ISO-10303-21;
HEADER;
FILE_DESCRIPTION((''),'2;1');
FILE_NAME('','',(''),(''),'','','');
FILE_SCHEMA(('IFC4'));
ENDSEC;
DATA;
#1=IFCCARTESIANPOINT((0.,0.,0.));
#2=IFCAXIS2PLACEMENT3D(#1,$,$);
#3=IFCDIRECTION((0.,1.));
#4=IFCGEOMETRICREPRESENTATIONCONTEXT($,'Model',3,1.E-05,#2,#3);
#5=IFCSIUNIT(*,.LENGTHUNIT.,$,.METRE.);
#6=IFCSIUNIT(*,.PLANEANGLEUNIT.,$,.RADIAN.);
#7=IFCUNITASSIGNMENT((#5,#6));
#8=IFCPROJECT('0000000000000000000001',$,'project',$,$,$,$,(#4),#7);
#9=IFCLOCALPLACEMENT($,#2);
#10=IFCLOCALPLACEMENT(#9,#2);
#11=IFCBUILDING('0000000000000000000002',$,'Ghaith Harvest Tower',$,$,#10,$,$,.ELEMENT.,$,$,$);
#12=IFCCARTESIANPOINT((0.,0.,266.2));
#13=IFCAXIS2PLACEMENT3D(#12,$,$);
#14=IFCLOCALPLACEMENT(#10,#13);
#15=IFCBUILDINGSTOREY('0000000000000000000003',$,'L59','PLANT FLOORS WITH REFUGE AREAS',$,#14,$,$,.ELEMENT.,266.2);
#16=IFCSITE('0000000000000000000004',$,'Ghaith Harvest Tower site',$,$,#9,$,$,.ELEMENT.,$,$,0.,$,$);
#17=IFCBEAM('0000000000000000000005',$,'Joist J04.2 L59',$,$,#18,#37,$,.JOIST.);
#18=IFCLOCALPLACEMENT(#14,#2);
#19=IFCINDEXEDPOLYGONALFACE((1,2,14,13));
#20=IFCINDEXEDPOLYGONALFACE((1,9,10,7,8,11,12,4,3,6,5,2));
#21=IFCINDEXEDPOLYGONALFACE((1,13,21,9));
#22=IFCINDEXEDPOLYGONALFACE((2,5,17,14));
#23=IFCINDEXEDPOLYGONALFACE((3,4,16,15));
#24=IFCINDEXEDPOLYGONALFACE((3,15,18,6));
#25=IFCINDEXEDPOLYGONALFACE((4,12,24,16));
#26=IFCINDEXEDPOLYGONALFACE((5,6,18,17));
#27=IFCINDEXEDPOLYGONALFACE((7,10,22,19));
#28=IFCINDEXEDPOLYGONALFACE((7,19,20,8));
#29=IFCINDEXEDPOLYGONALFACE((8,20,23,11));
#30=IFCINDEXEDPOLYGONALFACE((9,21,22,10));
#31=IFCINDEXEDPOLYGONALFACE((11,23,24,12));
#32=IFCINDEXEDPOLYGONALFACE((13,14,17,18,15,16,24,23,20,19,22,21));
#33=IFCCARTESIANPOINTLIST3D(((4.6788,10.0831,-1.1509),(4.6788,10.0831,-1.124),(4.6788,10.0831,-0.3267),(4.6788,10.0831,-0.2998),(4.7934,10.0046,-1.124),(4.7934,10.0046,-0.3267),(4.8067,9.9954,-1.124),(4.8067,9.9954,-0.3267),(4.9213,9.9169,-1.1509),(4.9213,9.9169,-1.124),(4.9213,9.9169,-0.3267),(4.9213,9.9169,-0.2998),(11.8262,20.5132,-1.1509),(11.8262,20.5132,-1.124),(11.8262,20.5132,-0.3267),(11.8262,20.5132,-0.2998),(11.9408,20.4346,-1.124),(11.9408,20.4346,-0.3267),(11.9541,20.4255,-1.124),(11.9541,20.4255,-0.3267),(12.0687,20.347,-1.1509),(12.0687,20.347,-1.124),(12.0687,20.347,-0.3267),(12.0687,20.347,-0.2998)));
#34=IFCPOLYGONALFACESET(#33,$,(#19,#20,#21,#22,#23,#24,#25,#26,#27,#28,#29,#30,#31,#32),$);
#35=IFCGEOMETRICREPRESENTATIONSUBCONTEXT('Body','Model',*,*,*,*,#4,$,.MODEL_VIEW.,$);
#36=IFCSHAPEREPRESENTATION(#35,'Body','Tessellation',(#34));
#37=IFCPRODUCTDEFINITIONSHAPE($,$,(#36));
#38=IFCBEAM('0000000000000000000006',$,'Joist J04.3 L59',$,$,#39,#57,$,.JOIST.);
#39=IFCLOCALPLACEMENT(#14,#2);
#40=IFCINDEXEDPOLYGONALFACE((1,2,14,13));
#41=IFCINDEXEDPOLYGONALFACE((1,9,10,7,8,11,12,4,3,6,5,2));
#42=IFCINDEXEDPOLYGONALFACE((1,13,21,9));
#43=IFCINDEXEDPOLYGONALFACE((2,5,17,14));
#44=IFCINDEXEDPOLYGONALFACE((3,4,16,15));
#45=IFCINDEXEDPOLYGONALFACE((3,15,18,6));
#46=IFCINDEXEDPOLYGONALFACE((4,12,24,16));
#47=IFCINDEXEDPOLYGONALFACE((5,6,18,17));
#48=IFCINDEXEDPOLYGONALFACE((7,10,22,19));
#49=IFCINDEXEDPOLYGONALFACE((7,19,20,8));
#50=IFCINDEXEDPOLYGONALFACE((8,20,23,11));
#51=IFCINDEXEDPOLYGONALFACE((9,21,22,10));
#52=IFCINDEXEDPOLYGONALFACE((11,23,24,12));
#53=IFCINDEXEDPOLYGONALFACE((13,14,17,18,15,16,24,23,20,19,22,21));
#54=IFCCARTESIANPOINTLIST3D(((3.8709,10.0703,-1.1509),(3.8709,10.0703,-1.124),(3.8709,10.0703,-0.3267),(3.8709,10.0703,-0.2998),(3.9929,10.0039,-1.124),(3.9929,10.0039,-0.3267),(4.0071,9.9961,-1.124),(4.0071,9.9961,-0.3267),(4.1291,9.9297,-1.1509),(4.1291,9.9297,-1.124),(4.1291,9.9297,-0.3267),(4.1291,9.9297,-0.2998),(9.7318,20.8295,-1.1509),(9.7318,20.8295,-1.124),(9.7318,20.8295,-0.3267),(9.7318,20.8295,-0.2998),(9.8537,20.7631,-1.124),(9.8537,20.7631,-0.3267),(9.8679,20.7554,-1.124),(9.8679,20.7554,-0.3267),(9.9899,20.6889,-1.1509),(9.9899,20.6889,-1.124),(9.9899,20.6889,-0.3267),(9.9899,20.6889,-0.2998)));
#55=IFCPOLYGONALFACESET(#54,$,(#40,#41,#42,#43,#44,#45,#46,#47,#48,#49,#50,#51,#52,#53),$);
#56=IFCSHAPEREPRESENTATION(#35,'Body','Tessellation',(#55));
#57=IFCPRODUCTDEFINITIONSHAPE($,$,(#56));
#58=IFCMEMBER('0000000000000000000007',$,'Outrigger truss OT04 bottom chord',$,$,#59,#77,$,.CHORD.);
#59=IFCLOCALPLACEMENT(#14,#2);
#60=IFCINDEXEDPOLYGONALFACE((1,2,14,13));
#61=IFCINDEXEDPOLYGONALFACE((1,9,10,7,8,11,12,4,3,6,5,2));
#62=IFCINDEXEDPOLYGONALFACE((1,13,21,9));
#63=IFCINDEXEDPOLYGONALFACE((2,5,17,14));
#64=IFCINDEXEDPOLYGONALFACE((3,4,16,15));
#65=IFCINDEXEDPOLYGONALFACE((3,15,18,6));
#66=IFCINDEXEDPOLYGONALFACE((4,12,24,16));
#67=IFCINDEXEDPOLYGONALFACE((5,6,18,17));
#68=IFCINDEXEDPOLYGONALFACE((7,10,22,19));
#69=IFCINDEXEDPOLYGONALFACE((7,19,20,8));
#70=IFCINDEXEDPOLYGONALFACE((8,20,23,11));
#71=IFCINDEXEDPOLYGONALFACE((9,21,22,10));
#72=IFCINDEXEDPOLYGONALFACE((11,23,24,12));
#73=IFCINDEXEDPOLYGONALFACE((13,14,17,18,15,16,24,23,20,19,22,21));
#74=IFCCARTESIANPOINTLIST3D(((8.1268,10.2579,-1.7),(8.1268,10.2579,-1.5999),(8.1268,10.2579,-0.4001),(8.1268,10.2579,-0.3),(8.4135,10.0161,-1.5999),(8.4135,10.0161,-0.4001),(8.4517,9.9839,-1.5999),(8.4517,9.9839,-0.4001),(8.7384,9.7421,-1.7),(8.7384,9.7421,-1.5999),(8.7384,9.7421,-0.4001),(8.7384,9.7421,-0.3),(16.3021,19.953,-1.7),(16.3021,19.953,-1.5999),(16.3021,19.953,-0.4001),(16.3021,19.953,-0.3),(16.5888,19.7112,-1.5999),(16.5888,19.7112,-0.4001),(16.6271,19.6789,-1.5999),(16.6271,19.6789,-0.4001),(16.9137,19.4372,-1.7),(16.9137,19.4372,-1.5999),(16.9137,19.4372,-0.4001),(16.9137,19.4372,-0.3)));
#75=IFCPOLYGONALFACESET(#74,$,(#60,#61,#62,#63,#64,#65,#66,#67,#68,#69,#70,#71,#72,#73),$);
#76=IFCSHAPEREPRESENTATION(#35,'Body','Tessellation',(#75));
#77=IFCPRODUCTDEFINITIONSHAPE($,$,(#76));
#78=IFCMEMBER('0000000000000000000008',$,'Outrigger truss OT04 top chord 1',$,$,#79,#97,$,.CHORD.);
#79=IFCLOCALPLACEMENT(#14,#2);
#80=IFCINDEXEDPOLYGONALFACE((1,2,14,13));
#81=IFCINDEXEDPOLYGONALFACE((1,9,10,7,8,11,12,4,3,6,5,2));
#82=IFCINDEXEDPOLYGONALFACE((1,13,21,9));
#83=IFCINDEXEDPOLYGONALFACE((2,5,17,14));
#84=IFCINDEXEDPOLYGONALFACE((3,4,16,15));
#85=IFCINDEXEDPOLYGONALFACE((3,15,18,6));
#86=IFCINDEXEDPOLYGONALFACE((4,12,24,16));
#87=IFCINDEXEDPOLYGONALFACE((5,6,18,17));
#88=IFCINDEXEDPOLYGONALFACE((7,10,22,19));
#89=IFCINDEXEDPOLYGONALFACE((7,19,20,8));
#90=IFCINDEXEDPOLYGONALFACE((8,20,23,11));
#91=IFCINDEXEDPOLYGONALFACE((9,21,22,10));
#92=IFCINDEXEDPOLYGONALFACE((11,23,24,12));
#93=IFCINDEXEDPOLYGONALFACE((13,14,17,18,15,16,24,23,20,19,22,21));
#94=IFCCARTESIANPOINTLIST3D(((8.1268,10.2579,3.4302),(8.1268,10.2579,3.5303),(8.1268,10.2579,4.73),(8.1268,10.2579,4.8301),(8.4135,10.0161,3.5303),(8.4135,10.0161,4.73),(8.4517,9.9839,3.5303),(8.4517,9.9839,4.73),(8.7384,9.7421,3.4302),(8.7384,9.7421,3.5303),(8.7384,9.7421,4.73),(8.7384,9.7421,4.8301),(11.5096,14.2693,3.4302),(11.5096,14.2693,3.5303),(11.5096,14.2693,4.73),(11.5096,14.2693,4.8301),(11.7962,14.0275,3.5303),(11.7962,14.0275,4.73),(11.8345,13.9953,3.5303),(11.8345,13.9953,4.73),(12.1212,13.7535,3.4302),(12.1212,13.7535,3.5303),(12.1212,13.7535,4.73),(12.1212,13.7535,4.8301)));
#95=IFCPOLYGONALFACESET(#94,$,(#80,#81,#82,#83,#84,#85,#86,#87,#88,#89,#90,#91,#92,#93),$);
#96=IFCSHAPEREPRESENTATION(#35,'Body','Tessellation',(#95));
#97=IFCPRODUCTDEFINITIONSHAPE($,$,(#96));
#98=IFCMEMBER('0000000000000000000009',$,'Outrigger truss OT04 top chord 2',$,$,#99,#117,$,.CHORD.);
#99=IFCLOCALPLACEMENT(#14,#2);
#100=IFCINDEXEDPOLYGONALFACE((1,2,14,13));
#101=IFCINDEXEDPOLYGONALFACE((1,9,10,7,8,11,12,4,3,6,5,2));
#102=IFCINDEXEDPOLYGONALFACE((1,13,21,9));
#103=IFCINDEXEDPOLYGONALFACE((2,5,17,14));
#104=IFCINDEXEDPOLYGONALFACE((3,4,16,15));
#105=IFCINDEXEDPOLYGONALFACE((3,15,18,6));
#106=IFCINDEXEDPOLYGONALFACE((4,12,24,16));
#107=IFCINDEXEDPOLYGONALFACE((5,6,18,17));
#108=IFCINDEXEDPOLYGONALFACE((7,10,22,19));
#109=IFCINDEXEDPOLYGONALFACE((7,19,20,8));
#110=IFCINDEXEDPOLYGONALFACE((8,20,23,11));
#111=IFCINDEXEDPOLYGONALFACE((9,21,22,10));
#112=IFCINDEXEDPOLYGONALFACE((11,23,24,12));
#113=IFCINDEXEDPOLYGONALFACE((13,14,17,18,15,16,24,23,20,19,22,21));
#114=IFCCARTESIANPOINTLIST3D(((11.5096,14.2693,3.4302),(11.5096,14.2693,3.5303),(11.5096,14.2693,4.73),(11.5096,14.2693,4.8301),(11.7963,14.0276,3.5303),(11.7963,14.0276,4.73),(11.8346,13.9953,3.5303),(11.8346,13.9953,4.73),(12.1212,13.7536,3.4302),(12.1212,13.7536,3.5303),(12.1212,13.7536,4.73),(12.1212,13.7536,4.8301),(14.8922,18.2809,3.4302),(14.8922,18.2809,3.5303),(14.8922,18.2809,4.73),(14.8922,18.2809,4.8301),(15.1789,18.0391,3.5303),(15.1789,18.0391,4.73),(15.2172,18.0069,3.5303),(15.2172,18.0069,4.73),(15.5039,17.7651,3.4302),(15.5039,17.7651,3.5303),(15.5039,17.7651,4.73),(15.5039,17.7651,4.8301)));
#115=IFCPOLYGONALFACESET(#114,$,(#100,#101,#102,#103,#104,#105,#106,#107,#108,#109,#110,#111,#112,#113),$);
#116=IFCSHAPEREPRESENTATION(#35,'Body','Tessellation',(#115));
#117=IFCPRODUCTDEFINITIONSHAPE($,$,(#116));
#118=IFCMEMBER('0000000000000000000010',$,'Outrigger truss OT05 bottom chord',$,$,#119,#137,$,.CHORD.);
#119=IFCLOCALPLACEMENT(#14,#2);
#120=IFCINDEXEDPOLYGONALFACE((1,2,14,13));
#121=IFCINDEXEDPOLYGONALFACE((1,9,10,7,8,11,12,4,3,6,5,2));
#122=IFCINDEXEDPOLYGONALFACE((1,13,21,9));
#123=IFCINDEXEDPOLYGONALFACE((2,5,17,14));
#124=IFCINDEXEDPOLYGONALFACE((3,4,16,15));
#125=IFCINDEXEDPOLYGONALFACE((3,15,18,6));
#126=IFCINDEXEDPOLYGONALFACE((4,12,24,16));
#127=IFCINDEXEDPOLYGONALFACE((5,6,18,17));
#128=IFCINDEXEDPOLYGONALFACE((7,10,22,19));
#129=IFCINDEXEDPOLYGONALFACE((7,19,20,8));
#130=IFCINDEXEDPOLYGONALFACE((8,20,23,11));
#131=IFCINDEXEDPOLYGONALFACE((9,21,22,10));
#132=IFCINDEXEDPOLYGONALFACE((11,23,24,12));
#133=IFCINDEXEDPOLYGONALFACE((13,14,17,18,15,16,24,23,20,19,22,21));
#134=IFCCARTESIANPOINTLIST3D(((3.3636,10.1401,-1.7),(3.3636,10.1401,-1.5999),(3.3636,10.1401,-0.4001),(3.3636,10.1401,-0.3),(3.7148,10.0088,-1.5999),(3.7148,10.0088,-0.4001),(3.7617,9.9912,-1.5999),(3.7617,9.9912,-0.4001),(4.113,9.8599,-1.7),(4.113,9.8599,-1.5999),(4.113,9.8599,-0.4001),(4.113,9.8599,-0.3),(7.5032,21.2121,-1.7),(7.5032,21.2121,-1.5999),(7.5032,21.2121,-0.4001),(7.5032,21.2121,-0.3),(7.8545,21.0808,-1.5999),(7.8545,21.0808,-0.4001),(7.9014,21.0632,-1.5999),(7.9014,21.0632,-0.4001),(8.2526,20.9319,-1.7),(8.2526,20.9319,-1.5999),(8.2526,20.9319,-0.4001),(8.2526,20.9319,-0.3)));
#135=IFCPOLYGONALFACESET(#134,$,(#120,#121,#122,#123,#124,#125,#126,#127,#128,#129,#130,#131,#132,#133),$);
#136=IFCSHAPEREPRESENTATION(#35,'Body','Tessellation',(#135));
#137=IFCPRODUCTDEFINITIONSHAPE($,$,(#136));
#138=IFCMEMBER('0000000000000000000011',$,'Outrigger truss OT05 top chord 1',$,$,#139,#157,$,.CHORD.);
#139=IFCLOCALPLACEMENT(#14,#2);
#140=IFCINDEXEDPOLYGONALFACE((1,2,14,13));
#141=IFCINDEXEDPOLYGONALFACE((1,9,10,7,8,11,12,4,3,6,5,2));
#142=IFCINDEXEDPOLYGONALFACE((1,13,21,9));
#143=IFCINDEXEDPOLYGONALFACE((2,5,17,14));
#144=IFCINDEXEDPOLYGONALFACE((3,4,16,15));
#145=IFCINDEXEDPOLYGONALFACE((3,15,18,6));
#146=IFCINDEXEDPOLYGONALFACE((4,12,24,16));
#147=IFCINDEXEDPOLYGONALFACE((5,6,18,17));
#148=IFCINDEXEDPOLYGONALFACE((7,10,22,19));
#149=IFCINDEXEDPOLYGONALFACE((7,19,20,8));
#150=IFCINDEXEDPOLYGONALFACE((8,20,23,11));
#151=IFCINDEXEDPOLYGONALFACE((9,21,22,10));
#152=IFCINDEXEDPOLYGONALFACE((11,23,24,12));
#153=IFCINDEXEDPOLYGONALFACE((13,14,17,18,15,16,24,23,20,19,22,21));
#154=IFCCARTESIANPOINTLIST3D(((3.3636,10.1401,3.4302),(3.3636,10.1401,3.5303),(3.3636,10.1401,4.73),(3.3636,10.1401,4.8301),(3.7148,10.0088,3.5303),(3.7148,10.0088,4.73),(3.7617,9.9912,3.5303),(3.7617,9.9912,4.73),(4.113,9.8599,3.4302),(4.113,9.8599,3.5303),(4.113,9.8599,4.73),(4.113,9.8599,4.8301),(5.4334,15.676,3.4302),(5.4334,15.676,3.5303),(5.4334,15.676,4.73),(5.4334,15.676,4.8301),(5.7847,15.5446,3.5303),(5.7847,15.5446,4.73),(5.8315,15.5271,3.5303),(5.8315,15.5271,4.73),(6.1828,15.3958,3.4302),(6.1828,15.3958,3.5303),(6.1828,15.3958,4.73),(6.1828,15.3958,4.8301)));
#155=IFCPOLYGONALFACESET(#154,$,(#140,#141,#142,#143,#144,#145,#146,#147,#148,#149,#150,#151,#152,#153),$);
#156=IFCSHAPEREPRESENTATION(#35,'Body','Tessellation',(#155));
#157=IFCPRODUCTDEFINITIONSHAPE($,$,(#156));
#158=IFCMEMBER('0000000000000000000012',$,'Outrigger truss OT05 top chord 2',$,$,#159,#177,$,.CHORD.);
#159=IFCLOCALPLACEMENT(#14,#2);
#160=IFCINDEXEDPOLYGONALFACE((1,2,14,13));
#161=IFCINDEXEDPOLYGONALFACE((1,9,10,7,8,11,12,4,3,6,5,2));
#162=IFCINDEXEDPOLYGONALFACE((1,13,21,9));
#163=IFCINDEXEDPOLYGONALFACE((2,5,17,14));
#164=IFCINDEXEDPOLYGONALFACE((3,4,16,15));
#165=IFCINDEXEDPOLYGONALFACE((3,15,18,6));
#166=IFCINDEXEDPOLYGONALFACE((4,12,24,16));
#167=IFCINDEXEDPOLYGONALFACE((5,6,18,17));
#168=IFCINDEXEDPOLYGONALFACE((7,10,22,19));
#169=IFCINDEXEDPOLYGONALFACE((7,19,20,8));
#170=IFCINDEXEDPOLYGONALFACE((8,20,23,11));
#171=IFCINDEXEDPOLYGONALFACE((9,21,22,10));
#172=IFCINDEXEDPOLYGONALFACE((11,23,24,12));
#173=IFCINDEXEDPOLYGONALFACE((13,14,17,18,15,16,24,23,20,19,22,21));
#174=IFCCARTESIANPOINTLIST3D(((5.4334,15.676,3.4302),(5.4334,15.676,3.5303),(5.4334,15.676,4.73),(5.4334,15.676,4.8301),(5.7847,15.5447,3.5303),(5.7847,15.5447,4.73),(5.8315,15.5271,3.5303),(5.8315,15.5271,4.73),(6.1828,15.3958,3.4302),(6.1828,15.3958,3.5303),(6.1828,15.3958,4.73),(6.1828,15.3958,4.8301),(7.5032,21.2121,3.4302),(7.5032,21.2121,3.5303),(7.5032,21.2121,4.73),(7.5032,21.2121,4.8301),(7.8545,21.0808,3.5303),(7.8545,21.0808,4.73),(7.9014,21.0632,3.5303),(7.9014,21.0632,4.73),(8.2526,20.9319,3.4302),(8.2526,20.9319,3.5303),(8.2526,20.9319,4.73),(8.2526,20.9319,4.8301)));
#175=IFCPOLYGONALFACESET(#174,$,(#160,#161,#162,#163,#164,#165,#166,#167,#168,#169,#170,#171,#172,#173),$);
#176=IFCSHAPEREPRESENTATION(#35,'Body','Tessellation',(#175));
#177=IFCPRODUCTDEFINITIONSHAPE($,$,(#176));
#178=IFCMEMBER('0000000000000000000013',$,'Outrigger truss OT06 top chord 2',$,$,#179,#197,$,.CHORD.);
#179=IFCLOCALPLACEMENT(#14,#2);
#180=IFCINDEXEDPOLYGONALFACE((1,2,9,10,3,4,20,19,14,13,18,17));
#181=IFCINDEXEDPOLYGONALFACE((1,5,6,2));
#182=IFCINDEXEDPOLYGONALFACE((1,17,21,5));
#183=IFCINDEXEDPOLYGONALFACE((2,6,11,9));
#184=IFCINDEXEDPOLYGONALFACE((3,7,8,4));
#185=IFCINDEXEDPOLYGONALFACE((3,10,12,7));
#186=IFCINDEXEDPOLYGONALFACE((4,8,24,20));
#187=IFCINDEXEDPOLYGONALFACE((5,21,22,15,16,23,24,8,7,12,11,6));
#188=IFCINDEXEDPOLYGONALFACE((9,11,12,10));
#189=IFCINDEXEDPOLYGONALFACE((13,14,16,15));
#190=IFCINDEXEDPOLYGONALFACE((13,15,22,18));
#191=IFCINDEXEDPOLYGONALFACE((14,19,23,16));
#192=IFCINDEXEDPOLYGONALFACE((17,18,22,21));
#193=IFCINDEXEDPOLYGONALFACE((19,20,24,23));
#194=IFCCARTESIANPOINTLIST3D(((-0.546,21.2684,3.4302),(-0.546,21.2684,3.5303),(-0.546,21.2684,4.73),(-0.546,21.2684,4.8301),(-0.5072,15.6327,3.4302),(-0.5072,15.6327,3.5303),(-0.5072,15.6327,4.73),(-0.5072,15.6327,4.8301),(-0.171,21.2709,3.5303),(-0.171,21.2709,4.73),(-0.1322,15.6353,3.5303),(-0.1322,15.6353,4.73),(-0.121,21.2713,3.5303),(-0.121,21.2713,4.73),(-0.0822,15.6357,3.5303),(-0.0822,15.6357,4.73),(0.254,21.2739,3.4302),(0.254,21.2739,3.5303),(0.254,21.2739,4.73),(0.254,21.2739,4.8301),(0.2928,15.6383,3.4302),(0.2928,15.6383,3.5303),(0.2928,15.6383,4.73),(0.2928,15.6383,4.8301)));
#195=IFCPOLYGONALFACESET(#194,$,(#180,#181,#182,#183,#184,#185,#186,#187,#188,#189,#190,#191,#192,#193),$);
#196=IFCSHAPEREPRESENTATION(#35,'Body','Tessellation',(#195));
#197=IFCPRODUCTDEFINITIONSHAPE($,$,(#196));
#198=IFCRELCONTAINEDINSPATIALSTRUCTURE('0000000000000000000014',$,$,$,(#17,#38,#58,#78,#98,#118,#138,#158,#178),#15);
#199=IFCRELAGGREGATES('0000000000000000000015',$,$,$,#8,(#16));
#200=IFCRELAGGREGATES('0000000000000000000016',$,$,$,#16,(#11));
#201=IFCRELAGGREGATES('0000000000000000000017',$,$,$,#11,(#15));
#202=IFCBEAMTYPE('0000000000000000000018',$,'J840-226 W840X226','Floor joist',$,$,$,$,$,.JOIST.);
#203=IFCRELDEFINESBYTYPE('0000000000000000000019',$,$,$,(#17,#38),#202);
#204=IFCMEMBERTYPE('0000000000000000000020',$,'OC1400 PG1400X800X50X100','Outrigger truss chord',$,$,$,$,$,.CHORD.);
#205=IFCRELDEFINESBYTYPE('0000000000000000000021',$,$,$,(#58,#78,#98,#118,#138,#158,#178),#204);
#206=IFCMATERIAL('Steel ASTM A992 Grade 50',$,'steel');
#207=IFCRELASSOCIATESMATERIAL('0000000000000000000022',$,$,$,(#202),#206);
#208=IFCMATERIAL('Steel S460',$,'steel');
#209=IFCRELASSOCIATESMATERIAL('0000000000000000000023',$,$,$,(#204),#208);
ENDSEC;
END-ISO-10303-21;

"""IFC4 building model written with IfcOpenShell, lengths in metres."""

from ifc_helpers import new_model, si_unit, direction, frame, origin, origin_2d, place, context, subcontext, project, spatial, i_section, extrude, material, material_profile, profile_set, type_object, element, save


model = new_model("IFC4")

# Units and contexts
model_context = context("Model", 3, precision=1e-05, world=origin(), true_north=direction((0.0, 1.0)))
body_context = subcontext(model_context, "Body", "Model", "MODEL_VIEW")
ifc_project = project(units=[si_unit("LENGTHUNIT", "METRE"), si_unit("PLANEANGLEUNIT", "RADIAN")], contexts=[model_context])

# Site, building, storey
site_placement = place(None, origin())
site = spatial("IfcSite", under=ifc_project, at=site_placement, Name="Ghaith Harvest Tower site", CompositionType="ELEMENT", RefElevation=0.0)
building_placement = place(site_placement, origin())
building = spatial("IfcBuilding", under=site, at=building_placement, Name="Ghaith Harvest Tower", CompositionType="ELEMENT")
storey_placement = place(building_placement, frame((0.0, 0.0, 266.2)))
storey = spatial("IfcBuildingStorey", under=building, at=storey_placement, Name="L59", Description="PLANT FLOORS WITH REFUGE AREAS", CompositionType="ELEMENT", Elevation=266.2)

# Beams
ifc_material_1 = material(Name="Steel ASTM A992 Grade 50", Category="steel")
ifc_material_profile_1 = material_profile(ifc_material_1, i_section(OverallWidth=0.2939, OverallDepth=0.8511, WebThickness=0.0161, FlangeThickness=0.0269, at=origin_2d()), Name="W840X226")
ifc_profile_set_1 = profile_set([ifc_material_profile_1], Name="Steel ASTM A992 Grade 50")
beam_type_1 = type_object("IfcBeamType", Name="J840-226 W840X226", Description="Floor joist", PredefinedType="JOIST", material=ifc_profile_set_1)
beam_1_placement = place(storey_placement, frame((4.8, 10.0, -0.7253), z_axis=(0.565278, 0.824901, 0.0), x_axis=(-0.824901, 0.565278, 0.0)))
element("IfcBeam", 1, at=beam_1_placement, inside=storey, type_object=beam_type_1, Name="Joist J04.2 L59", PredefinedType="JOIST", context=body_context, shape_type="SweptSolid", body=[
    extrude(i_section(OverallWidth=0.2939, OverallDepth=0.8511, WebThickness=0.0161, FlangeThickness=0.0269, at=origin_2d()), origin(), (0.0, 0.0, 1.0), 12.644),
])
beam_2_placement = place(storey_placement, frame((4.0, 10.0, -0.7253), z_axis=(0.478358, 0.878165, 0.0), x_axis=(-0.878165, 0.478358, 0.0)))
element("IfcBeam", 2, at=beam_2_placement, inside=storey, type_object=beam_type_1, Name="Joist J04.3 L59", PredefinedType="JOIST", context=body_context, shape_type="SweptSolid", body=[
    extrude(i_section(OverallWidth=0.2939, OverallDepth=0.8511, WebThickness=0.0161, FlangeThickness=0.0269, at=origin_2d()), origin(), (0.0, 0.0, 1.0), 12.252),
])

# Members
ifc_material_2 = material(Name="Steel S460", Category="steel")
ifc_material_profile_2 = material_profile(ifc_material_2, i_section(OverallWidth=0.8, OverallDepth=1.3999, WebThickness=0.05, FlangeThickness=0.1001, at=origin_2d()), Name="PG1400X800X50X100")
ifc_profile_set_2 = profile_set([ifc_material_profile_2], Name="Steel S460")
member_type_1 = type_object("IfcMemberType", Name="OC1400 PG1400X800X50X100", Description="Outrigger truss chord", PredefinedType="CHORD", material=ifc_profile_set_2)
member_1_placement = place(storey_placement, frame((8.4326, 10.0, -1.0), z_axis=(0.644644, 0.764483, 0.0), x_axis=(-0.764483, 0.644644, 0.0)))
element("IfcMember", 3, at=member_1_placement, inside=storey, type_object=member_type_1, Name="Outrigger truss OT04 bottom chord", PredefinedType="CHORD", context=body_context, shape_type="SweptSolid", body=[
    extrude(i_section(OverallWidth=0.8, OverallDepth=1.3999, WebThickness=0.05, FlangeThickness=0.1001, at=origin_2d()), origin(), (0.0, 0.0, 1.0), 12.6819),
])
for number, where, z_axis, x_axis, name in (
    (4, (8.4326, 10.0, 4.1301), (0.644663, 0.764467, 0.0), (-0.764467, 0.644663, 0.0), "Outrigger truss OT04 top chord 1"),
    (5, (11.8154, 14.0115, 4.1301), (0.644636, 0.76449, 0.0), (-0.76449, 0.644636, 0.0), "Outrigger truss OT04 top chord 2"),
):
    element("IfcMember", number, at=place(storey_placement, frame(where, z_axis=z_axis, x_axis=x_axis)), inside=storey, type_object=member_type_1, Name=name, PredefinedType="CHORD", context=body_context, shape_type="SweptSolid", body=[
        extrude(i_section(OverallWidth=0.8, OverallDepth=1.3999, WebThickness=0.05, FlangeThickness=0.1001, at=origin_2d()), origin(), (0.0, 0.0, 1.0), 5.2473),
    ])
member_2_placement = place(storey_placement, frame((3.7383, 10.0, -1.0), z_axis=(0.350207, 0.936672, 0.0), x_axis=(-0.936672, 0.350207, 0.0)))
element("IfcMember", 6, at=member_2_placement, inside=storey, type_object=member_type_1, Name="Outrigger truss OT05 bottom chord", PredefinedType="CHORD", context=body_context, shape_type="SweptSolid", body=[
    extrude(i_section(OverallWidth=0.8, OverallDepth=1.3999, WebThickness=0.05, FlangeThickness=0.1001, at=origin_2d()), origin(), (0.0, 0.0, 1.0), 11.8206),
])
member_3_placement = place(storey_placement, frame((3.7383, 10.0, 4.1301), z_axis=(0.350213, 0.93667, 0.0), x_axis=(-0.93667, 0.350213, 0.0)))
element("IfcMember", 7, at=member_3_placement, inside=storey, type_object=member_type_1, Name="Outrigger truss OT05 top chord 1", PredefinedType="CHORD", context=body_context, shape_type="SweptSolid", body=[
    extrude(i_section(OverallWidth=0.8, OverallDepth=1.3999, WebThickness=0.05, FlangeThickness=0.1001, at=origin_2d()), origin(), (0.0, 0.0, 1.0), 5.9102),
])
member_4_placement = place(storey_placement, frame((5.8081, 15.5359, 4.1301), z_axis=(0.3502, 0.936675, 0.0), x_axis=(-0.936675, 0.3502, 0.0)))
element("IfcMember", 8, at=member_4_placement, inside=storey, type_object=member_type_1, Name="Outrigger truss OT05 top chord 2", PredefinedType="CHORD", context=body_context, shape_type="SweptSolid", body=[
    extrude(i_section(OverallWidth=0.8, OverallDepth=1.3999, WebThickness=0.05, FlangeThickness=0.1001, at=origin_2d()), origin(), (0.0, 0.0, 1.0), 5.9104),
])
member_5_placement = place(storey_placement, frame((-0.1072, 15.6355, 4.1301), z_axis=(-0.006888, 0.999976, 0.0), x_axis=(-0.999976, -0.006888, 0.0)))
element("IfcMember", 9, at=member_5_placement, inside=storey, type_object=member_type_1, Name="Outrigger truss OT06 top chord 2", PredefinedType="CHORD", context=body_context, shape_type="SweptSolid", body=[
    extrude(i_section(OverallWidth=0.8, OverallDepth=1.3999, WebThickness=0.05, FlangeThickness=0.1001, at=origin_2d()), origin(), (0.0, 0.0, 1.0), 5.6357),
])

save(model, "model.ifc")
